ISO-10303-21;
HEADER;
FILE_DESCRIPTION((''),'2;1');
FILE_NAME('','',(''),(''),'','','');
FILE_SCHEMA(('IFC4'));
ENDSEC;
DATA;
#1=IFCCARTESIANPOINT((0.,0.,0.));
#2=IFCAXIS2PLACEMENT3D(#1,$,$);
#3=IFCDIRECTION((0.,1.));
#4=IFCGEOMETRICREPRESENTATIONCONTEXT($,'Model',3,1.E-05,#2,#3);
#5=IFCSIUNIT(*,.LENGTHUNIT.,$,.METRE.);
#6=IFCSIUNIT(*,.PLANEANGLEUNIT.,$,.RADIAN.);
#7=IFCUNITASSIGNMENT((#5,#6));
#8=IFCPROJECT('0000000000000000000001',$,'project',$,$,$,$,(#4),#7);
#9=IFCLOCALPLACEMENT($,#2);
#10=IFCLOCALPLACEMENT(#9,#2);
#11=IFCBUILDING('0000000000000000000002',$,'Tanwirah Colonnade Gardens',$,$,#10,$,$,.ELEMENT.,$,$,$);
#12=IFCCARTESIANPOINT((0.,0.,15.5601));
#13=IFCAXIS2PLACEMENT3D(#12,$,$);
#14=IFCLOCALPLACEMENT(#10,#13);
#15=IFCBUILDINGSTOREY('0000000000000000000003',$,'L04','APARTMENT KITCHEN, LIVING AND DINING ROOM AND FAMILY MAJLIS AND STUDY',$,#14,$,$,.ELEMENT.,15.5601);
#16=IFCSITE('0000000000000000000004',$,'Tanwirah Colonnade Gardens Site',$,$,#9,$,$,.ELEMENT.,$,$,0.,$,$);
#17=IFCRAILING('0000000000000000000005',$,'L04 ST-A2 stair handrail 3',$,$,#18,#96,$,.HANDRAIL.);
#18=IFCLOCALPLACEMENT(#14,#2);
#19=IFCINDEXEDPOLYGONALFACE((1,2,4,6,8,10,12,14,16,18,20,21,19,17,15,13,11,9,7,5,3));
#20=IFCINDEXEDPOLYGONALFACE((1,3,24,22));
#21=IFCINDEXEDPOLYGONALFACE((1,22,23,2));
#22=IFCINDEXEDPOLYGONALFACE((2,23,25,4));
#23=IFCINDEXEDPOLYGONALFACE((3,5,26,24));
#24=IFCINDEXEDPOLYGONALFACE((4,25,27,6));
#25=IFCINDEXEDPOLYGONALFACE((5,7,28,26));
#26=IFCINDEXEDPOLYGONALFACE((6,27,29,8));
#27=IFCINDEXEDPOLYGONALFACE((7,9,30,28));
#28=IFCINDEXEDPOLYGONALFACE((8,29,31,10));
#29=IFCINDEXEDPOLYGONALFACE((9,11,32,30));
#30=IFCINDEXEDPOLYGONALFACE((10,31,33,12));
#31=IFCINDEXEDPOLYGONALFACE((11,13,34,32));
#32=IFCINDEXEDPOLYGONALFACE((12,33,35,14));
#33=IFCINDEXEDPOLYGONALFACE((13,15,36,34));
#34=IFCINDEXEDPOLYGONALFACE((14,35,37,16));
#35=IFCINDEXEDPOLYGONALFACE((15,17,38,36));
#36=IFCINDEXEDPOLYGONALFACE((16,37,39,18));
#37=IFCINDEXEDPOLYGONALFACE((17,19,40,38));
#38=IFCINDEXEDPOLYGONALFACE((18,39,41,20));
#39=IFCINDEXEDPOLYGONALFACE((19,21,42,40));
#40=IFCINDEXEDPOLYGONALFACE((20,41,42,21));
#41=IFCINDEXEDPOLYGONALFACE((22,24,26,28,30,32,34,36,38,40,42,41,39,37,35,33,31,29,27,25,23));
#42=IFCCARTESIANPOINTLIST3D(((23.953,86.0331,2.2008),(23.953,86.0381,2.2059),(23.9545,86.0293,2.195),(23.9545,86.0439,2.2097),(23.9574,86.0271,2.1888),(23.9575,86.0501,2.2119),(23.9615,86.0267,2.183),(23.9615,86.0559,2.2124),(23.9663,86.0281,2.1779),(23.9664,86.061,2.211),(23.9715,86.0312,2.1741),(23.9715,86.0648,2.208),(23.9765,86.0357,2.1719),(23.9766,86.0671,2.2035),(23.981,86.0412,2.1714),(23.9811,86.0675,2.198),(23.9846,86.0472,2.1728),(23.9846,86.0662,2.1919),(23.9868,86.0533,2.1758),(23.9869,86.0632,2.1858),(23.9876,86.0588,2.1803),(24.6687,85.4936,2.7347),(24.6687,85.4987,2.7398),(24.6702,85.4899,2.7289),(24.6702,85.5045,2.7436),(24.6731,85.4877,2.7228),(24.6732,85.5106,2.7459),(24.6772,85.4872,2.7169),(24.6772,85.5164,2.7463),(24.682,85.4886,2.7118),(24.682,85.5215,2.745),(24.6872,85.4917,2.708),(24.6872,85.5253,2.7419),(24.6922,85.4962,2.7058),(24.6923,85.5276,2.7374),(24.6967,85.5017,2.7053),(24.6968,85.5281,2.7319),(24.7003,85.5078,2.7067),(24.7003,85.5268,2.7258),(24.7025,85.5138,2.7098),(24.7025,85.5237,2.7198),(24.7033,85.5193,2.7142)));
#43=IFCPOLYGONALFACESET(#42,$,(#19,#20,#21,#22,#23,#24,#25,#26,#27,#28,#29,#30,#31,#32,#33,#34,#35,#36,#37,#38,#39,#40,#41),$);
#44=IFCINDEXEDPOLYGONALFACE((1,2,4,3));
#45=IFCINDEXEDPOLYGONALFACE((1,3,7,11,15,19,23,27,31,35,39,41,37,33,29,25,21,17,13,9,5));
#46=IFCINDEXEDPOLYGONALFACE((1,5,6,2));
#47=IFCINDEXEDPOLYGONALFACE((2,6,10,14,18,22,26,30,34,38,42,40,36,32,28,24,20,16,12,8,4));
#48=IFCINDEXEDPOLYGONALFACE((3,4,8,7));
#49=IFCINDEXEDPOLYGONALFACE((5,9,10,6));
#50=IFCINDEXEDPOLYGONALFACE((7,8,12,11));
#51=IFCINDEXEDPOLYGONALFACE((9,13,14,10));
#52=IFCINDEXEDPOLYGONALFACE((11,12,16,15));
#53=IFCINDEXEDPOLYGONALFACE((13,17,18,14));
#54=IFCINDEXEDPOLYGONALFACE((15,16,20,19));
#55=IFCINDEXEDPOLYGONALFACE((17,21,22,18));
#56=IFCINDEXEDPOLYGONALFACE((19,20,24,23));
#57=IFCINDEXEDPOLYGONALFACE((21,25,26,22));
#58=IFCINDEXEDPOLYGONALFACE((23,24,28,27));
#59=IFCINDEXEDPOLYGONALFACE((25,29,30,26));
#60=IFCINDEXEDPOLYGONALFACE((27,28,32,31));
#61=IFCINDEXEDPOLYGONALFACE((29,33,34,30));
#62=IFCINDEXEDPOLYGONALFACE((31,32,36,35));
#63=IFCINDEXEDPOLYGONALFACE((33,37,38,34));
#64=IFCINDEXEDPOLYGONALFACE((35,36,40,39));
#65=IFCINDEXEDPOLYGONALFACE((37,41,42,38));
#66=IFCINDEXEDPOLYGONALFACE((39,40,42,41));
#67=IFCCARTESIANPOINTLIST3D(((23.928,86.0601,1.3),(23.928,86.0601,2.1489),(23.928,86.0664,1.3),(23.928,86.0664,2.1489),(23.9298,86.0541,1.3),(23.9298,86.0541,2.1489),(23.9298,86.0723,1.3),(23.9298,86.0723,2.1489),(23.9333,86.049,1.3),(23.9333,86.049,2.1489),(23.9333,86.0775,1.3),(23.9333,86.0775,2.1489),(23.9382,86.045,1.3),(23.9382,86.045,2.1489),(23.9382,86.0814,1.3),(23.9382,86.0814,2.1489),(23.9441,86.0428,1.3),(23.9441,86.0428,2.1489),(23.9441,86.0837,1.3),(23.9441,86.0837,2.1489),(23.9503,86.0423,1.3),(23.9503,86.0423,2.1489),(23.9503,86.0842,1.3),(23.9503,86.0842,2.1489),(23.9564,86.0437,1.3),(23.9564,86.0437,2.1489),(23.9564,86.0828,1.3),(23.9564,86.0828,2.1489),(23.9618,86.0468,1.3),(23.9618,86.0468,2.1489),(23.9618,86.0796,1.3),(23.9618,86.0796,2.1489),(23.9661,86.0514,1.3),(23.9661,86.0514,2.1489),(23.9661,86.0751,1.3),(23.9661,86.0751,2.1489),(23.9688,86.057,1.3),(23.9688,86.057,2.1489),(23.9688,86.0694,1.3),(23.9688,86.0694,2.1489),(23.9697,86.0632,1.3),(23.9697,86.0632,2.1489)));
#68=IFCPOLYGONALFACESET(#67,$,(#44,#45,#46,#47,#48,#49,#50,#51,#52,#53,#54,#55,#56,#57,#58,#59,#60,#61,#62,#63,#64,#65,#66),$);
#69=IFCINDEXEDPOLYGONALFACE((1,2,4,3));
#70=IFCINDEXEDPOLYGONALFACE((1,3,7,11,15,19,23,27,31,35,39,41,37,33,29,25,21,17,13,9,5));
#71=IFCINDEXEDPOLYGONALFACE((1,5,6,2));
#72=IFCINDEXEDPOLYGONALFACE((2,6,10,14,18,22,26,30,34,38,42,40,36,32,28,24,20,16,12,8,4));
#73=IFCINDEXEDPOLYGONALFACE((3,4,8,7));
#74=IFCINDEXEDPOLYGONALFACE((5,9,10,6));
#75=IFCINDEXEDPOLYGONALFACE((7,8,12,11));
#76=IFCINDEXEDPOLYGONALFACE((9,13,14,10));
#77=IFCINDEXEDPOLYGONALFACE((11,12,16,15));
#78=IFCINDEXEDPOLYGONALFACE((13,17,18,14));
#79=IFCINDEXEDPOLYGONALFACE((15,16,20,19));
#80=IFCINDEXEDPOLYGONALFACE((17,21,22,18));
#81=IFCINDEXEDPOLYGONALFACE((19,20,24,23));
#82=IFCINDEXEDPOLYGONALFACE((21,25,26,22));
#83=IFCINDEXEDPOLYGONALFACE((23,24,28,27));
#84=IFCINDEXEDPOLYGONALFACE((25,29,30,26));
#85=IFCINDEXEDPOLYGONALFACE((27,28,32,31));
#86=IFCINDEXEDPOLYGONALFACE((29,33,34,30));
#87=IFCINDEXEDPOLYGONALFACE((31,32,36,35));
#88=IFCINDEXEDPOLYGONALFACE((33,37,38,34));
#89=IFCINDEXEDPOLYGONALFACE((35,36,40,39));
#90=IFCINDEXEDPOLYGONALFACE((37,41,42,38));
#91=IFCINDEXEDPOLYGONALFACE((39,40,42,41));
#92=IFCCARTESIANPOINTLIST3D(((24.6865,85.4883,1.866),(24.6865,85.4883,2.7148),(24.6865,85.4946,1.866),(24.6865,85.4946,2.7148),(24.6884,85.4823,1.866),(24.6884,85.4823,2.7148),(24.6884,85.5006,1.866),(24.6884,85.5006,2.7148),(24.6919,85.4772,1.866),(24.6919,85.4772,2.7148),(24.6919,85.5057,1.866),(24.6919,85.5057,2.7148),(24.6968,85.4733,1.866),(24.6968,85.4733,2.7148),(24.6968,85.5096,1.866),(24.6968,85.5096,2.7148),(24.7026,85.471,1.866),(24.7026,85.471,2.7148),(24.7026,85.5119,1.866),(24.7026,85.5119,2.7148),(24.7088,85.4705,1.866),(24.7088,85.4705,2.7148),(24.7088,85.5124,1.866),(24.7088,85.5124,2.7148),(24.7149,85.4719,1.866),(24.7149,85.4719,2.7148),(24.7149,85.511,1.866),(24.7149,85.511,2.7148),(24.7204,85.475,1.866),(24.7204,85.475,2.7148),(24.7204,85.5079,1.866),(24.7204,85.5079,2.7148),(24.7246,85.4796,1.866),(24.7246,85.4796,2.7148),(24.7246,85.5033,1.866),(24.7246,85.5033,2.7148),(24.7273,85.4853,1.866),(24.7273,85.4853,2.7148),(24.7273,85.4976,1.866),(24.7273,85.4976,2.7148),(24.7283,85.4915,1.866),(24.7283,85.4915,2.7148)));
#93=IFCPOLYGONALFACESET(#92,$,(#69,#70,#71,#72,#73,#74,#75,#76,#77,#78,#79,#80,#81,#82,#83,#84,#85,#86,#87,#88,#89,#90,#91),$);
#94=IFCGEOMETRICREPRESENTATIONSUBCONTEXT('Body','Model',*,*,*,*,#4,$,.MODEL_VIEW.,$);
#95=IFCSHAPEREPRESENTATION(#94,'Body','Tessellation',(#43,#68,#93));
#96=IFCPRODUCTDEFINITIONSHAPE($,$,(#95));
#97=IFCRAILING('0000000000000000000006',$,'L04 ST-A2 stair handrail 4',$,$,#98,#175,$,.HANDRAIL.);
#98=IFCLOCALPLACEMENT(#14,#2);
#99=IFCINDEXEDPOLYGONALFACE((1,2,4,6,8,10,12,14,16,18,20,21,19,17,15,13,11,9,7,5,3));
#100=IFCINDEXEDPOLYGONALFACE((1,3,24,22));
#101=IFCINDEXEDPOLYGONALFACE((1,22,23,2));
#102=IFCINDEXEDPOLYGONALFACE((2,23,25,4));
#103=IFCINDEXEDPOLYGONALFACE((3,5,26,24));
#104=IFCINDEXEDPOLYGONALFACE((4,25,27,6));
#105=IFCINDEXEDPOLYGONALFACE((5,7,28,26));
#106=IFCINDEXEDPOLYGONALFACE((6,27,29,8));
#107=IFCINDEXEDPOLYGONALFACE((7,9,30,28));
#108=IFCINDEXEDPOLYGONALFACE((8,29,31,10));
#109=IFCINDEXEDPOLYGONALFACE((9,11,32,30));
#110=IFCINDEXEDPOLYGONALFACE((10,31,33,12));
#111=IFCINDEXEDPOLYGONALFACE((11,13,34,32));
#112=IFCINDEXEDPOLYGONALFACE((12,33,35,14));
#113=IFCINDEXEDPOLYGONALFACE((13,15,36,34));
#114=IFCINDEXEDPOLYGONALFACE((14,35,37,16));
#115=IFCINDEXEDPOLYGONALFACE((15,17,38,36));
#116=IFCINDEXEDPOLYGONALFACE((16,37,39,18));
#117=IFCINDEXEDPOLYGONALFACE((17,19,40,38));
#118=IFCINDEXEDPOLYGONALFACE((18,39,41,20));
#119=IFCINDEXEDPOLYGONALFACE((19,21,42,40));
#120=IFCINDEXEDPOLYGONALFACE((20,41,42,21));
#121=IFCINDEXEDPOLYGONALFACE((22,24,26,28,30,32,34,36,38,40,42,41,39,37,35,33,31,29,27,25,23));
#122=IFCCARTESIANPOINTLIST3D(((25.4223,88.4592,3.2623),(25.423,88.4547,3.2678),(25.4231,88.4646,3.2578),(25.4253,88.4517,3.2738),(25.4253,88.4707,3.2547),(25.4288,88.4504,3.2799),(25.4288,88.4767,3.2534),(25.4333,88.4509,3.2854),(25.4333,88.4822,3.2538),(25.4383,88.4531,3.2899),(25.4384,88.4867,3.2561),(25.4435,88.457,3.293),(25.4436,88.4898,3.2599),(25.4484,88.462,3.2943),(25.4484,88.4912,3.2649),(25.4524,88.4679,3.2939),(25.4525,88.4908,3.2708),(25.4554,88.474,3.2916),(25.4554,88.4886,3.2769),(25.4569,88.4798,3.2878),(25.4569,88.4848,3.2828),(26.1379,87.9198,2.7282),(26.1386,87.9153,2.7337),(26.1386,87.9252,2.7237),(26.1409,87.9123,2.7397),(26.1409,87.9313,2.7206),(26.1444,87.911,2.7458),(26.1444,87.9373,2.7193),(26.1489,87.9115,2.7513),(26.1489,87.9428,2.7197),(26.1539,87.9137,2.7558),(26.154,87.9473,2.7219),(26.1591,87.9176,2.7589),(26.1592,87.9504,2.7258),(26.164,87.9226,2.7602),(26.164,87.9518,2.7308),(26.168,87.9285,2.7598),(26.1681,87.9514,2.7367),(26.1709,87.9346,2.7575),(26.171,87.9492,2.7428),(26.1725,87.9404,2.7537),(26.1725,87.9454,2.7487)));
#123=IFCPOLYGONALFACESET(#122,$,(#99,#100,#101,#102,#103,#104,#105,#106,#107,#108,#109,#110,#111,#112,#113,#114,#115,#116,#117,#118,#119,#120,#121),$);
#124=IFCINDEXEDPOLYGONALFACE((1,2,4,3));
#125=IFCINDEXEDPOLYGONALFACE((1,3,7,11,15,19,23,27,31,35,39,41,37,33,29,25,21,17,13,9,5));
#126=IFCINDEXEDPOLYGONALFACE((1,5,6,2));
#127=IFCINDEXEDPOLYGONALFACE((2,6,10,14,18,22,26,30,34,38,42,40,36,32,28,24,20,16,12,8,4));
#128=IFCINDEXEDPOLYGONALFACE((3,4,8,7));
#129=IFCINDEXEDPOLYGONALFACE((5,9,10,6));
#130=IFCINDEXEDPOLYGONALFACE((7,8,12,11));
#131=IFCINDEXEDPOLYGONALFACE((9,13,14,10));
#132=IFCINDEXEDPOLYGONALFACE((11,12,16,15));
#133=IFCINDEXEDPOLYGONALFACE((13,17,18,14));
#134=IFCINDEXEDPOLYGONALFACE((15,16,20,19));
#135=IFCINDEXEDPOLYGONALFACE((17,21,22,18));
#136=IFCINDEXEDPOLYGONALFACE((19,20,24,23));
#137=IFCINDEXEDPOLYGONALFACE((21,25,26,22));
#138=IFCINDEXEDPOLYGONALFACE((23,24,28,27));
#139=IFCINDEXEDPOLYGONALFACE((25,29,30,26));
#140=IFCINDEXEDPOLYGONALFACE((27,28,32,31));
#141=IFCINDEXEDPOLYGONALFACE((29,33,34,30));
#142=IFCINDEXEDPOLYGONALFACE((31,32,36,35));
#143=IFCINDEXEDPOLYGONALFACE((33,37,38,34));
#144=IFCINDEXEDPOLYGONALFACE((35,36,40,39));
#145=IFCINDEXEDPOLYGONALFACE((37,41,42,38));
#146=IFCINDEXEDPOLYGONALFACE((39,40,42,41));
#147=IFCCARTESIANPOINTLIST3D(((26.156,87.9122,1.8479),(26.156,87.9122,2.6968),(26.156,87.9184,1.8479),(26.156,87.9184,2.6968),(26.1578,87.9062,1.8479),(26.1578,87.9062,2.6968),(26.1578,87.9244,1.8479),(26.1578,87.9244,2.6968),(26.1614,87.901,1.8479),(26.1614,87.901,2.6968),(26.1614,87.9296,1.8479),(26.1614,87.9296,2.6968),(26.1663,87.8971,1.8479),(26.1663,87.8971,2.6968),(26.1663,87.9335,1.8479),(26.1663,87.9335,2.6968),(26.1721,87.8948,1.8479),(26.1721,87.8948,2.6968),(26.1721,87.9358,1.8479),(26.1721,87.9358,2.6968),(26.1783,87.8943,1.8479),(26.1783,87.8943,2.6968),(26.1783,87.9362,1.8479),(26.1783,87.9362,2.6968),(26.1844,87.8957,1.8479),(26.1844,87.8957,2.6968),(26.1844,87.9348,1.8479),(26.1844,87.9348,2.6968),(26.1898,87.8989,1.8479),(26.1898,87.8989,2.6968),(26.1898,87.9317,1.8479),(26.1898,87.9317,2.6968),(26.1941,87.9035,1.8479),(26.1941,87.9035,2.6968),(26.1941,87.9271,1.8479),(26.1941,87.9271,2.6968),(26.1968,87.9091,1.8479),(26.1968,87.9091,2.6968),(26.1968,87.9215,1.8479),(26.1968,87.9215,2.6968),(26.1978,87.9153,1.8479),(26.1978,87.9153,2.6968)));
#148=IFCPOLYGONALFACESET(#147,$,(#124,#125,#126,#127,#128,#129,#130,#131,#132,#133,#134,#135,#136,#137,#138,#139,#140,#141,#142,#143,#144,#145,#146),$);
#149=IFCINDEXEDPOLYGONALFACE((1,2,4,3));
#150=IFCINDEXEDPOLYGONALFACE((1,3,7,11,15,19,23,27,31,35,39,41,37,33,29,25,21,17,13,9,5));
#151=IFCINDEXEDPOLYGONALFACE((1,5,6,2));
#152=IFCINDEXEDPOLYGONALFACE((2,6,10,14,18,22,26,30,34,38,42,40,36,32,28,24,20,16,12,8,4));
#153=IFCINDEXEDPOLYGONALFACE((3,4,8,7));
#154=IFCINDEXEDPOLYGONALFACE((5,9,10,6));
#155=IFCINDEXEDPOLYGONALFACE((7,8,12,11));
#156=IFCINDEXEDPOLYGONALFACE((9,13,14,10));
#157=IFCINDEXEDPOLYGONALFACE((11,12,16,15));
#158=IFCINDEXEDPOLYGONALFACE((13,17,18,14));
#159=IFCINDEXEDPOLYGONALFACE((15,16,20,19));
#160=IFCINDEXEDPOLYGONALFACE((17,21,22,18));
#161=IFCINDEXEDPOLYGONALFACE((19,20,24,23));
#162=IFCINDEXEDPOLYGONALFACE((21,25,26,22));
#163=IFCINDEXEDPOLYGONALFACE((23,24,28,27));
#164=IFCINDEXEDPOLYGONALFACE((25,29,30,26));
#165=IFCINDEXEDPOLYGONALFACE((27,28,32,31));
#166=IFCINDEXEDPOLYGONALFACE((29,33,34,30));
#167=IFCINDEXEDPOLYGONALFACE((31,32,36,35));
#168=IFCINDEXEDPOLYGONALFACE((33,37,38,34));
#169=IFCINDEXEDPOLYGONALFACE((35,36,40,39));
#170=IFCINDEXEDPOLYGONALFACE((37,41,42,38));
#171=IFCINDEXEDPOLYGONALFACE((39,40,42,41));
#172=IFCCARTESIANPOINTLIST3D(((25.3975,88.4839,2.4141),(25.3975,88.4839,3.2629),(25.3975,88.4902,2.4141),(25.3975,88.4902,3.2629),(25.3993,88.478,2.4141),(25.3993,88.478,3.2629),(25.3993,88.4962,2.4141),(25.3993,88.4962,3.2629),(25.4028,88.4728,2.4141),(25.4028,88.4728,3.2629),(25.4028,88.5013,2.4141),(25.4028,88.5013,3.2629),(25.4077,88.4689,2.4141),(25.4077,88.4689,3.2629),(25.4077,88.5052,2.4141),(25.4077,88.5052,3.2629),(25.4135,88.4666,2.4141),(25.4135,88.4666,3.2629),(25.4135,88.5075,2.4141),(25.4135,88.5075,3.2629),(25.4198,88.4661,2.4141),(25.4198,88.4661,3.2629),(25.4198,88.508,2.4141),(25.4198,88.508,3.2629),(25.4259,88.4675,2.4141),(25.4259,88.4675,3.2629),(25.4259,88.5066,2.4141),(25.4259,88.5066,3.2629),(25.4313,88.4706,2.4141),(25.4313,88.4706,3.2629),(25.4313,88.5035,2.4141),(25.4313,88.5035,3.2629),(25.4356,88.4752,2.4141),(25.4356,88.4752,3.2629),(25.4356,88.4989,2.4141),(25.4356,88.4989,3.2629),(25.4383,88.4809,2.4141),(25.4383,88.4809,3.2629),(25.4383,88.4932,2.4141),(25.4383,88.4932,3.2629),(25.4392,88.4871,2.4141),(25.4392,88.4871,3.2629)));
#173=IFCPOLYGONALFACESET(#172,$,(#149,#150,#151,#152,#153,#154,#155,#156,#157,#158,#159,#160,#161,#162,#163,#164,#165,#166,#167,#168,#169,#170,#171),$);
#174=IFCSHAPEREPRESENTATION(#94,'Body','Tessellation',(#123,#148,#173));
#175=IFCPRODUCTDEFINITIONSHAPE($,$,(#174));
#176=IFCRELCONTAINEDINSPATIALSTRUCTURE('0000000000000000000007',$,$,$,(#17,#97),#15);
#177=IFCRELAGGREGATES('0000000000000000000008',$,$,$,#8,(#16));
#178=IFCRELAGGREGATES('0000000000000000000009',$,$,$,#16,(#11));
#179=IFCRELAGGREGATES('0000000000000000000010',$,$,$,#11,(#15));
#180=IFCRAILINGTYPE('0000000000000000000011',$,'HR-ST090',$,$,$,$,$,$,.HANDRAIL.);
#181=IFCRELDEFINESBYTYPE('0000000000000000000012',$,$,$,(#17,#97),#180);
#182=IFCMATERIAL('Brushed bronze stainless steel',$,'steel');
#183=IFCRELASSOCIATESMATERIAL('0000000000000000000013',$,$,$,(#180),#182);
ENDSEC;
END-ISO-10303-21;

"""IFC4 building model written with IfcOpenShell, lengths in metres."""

from ifc_helpers import new_model, si_unit, direction, frame, origin, origin_2d, place, context, subcontext, project, spatial, circle, extrude, material, type_object, element, save


model = new_model("IFC4")

# Units and contexts
model_context = context("Model", 3, precision=1e-05, world=origin(), true_north=direction((0.0, 1.0)))
body_context = subcontext(model_context, "Body", "Model", "MODEL_VIEW")
ifc_project = project(units=[si_unit("LENGTHUNIT", "METRE"), si_unit("PLANEANGLEUNIT", "RADIAN")], contexts=[model_context])

# Site, building, storey
site_placement = place(None, origin())
site = spatial("IfcSite", under=ifc_project, at=site_placement, Name="Tanwirah Colonnade Gardens Site", CompositionType="ELEMENT", RefElevation=0.0)
building_placement = place(site_placement, origin())
building = spatial("IfcBuilding", under=site, at=building_placement, Name="Tanwirah Colonnade Gardens", CompositionType="ELEMENT")
storey_placement = place(building_placement, frame((0.0, 0.0, 15.5601)))
storey = spatial("IfcBuildingStorey", under=building, at=storey_placement, Name="L04", Description="APARTMENT KITCHEN, LIVING AND DINING ROOM AND FAMILY MAJLIS AND STUDY", CompositionType="ELEMENT", Elevation=15.5601)

# Railings
ifc_material_1 = material(Name="Brushed bronze stainless steel", Category="steel")
railing_type_1 = type_object("IfcRailingType", Name="HR-ST090", PredefinedType="HANDRAIL", material=ifc_material_1)
railing_1_placement = place(storey_placement, frame((23.9487, 86.0632, 1.3)))
element("IfcRailing", 1, at=railing_1_placement, inside=storey, type_object=railing_type_1, Name="L04 ST-A2 stair handrail 3", PredefinedType="HANDRAIL", context=body_context, shape_type="SweptSolid", body=[
    extrude(circle(Radius=0.0239, at=origin_2d()), frame((0.0215, -0.0161, 0.8918), z_axis=(0.686028, -0.517116, 0.511817), x_axis=(0.601931, 0.798548, 0.0)), (0.0, 0.0, 1.0), 1.0432),
    extrude(circle(Radius=0.021, at=origin_2d()), origin(), (0.0, 0.0, 1.0), 0.8489),
    extrude(circle(Radius=0.021, at=origin_2d()), frame((0.7585, -0.5718, 0.5659)), (0.0, 0.0, 1.0), 0.8489),
])
railing_2_placement = place(storey_placement, frame((26.1768, 87.9153, 1.8479)))
element("IfcRailing", 2, at=railing_2_placement, inside=storey, type_object=railing_type_1, Name="L04 ST-A2 stair handrail 4", PredefinedType="HANDRAIL", context=body_context, shape_type="SweptSolid", body=[
    extrude(circle(Radius=0.0239, at=origin_2d()), frame((-0.0215, 0.0161, 0.8918), z_axis=(-0.685951, 0.517057, 0.511979), x_axis=(-0.601931, -0.798548, 0.0)), (0.0, 0.0, 1.0), 1.0432),
    extrude(circle(Radius=0.021, at=origin_2d()), origin(), (0.0, 0.0, 1.0), 0.8489),
    extrude(circle(Radius=0.021, at=origin_2d()), frame((-0.7585, 0.5718, 0.5662)), (0.0, 0.0, 1.0), 0.8489),
])

save(model, "model.ifc")
